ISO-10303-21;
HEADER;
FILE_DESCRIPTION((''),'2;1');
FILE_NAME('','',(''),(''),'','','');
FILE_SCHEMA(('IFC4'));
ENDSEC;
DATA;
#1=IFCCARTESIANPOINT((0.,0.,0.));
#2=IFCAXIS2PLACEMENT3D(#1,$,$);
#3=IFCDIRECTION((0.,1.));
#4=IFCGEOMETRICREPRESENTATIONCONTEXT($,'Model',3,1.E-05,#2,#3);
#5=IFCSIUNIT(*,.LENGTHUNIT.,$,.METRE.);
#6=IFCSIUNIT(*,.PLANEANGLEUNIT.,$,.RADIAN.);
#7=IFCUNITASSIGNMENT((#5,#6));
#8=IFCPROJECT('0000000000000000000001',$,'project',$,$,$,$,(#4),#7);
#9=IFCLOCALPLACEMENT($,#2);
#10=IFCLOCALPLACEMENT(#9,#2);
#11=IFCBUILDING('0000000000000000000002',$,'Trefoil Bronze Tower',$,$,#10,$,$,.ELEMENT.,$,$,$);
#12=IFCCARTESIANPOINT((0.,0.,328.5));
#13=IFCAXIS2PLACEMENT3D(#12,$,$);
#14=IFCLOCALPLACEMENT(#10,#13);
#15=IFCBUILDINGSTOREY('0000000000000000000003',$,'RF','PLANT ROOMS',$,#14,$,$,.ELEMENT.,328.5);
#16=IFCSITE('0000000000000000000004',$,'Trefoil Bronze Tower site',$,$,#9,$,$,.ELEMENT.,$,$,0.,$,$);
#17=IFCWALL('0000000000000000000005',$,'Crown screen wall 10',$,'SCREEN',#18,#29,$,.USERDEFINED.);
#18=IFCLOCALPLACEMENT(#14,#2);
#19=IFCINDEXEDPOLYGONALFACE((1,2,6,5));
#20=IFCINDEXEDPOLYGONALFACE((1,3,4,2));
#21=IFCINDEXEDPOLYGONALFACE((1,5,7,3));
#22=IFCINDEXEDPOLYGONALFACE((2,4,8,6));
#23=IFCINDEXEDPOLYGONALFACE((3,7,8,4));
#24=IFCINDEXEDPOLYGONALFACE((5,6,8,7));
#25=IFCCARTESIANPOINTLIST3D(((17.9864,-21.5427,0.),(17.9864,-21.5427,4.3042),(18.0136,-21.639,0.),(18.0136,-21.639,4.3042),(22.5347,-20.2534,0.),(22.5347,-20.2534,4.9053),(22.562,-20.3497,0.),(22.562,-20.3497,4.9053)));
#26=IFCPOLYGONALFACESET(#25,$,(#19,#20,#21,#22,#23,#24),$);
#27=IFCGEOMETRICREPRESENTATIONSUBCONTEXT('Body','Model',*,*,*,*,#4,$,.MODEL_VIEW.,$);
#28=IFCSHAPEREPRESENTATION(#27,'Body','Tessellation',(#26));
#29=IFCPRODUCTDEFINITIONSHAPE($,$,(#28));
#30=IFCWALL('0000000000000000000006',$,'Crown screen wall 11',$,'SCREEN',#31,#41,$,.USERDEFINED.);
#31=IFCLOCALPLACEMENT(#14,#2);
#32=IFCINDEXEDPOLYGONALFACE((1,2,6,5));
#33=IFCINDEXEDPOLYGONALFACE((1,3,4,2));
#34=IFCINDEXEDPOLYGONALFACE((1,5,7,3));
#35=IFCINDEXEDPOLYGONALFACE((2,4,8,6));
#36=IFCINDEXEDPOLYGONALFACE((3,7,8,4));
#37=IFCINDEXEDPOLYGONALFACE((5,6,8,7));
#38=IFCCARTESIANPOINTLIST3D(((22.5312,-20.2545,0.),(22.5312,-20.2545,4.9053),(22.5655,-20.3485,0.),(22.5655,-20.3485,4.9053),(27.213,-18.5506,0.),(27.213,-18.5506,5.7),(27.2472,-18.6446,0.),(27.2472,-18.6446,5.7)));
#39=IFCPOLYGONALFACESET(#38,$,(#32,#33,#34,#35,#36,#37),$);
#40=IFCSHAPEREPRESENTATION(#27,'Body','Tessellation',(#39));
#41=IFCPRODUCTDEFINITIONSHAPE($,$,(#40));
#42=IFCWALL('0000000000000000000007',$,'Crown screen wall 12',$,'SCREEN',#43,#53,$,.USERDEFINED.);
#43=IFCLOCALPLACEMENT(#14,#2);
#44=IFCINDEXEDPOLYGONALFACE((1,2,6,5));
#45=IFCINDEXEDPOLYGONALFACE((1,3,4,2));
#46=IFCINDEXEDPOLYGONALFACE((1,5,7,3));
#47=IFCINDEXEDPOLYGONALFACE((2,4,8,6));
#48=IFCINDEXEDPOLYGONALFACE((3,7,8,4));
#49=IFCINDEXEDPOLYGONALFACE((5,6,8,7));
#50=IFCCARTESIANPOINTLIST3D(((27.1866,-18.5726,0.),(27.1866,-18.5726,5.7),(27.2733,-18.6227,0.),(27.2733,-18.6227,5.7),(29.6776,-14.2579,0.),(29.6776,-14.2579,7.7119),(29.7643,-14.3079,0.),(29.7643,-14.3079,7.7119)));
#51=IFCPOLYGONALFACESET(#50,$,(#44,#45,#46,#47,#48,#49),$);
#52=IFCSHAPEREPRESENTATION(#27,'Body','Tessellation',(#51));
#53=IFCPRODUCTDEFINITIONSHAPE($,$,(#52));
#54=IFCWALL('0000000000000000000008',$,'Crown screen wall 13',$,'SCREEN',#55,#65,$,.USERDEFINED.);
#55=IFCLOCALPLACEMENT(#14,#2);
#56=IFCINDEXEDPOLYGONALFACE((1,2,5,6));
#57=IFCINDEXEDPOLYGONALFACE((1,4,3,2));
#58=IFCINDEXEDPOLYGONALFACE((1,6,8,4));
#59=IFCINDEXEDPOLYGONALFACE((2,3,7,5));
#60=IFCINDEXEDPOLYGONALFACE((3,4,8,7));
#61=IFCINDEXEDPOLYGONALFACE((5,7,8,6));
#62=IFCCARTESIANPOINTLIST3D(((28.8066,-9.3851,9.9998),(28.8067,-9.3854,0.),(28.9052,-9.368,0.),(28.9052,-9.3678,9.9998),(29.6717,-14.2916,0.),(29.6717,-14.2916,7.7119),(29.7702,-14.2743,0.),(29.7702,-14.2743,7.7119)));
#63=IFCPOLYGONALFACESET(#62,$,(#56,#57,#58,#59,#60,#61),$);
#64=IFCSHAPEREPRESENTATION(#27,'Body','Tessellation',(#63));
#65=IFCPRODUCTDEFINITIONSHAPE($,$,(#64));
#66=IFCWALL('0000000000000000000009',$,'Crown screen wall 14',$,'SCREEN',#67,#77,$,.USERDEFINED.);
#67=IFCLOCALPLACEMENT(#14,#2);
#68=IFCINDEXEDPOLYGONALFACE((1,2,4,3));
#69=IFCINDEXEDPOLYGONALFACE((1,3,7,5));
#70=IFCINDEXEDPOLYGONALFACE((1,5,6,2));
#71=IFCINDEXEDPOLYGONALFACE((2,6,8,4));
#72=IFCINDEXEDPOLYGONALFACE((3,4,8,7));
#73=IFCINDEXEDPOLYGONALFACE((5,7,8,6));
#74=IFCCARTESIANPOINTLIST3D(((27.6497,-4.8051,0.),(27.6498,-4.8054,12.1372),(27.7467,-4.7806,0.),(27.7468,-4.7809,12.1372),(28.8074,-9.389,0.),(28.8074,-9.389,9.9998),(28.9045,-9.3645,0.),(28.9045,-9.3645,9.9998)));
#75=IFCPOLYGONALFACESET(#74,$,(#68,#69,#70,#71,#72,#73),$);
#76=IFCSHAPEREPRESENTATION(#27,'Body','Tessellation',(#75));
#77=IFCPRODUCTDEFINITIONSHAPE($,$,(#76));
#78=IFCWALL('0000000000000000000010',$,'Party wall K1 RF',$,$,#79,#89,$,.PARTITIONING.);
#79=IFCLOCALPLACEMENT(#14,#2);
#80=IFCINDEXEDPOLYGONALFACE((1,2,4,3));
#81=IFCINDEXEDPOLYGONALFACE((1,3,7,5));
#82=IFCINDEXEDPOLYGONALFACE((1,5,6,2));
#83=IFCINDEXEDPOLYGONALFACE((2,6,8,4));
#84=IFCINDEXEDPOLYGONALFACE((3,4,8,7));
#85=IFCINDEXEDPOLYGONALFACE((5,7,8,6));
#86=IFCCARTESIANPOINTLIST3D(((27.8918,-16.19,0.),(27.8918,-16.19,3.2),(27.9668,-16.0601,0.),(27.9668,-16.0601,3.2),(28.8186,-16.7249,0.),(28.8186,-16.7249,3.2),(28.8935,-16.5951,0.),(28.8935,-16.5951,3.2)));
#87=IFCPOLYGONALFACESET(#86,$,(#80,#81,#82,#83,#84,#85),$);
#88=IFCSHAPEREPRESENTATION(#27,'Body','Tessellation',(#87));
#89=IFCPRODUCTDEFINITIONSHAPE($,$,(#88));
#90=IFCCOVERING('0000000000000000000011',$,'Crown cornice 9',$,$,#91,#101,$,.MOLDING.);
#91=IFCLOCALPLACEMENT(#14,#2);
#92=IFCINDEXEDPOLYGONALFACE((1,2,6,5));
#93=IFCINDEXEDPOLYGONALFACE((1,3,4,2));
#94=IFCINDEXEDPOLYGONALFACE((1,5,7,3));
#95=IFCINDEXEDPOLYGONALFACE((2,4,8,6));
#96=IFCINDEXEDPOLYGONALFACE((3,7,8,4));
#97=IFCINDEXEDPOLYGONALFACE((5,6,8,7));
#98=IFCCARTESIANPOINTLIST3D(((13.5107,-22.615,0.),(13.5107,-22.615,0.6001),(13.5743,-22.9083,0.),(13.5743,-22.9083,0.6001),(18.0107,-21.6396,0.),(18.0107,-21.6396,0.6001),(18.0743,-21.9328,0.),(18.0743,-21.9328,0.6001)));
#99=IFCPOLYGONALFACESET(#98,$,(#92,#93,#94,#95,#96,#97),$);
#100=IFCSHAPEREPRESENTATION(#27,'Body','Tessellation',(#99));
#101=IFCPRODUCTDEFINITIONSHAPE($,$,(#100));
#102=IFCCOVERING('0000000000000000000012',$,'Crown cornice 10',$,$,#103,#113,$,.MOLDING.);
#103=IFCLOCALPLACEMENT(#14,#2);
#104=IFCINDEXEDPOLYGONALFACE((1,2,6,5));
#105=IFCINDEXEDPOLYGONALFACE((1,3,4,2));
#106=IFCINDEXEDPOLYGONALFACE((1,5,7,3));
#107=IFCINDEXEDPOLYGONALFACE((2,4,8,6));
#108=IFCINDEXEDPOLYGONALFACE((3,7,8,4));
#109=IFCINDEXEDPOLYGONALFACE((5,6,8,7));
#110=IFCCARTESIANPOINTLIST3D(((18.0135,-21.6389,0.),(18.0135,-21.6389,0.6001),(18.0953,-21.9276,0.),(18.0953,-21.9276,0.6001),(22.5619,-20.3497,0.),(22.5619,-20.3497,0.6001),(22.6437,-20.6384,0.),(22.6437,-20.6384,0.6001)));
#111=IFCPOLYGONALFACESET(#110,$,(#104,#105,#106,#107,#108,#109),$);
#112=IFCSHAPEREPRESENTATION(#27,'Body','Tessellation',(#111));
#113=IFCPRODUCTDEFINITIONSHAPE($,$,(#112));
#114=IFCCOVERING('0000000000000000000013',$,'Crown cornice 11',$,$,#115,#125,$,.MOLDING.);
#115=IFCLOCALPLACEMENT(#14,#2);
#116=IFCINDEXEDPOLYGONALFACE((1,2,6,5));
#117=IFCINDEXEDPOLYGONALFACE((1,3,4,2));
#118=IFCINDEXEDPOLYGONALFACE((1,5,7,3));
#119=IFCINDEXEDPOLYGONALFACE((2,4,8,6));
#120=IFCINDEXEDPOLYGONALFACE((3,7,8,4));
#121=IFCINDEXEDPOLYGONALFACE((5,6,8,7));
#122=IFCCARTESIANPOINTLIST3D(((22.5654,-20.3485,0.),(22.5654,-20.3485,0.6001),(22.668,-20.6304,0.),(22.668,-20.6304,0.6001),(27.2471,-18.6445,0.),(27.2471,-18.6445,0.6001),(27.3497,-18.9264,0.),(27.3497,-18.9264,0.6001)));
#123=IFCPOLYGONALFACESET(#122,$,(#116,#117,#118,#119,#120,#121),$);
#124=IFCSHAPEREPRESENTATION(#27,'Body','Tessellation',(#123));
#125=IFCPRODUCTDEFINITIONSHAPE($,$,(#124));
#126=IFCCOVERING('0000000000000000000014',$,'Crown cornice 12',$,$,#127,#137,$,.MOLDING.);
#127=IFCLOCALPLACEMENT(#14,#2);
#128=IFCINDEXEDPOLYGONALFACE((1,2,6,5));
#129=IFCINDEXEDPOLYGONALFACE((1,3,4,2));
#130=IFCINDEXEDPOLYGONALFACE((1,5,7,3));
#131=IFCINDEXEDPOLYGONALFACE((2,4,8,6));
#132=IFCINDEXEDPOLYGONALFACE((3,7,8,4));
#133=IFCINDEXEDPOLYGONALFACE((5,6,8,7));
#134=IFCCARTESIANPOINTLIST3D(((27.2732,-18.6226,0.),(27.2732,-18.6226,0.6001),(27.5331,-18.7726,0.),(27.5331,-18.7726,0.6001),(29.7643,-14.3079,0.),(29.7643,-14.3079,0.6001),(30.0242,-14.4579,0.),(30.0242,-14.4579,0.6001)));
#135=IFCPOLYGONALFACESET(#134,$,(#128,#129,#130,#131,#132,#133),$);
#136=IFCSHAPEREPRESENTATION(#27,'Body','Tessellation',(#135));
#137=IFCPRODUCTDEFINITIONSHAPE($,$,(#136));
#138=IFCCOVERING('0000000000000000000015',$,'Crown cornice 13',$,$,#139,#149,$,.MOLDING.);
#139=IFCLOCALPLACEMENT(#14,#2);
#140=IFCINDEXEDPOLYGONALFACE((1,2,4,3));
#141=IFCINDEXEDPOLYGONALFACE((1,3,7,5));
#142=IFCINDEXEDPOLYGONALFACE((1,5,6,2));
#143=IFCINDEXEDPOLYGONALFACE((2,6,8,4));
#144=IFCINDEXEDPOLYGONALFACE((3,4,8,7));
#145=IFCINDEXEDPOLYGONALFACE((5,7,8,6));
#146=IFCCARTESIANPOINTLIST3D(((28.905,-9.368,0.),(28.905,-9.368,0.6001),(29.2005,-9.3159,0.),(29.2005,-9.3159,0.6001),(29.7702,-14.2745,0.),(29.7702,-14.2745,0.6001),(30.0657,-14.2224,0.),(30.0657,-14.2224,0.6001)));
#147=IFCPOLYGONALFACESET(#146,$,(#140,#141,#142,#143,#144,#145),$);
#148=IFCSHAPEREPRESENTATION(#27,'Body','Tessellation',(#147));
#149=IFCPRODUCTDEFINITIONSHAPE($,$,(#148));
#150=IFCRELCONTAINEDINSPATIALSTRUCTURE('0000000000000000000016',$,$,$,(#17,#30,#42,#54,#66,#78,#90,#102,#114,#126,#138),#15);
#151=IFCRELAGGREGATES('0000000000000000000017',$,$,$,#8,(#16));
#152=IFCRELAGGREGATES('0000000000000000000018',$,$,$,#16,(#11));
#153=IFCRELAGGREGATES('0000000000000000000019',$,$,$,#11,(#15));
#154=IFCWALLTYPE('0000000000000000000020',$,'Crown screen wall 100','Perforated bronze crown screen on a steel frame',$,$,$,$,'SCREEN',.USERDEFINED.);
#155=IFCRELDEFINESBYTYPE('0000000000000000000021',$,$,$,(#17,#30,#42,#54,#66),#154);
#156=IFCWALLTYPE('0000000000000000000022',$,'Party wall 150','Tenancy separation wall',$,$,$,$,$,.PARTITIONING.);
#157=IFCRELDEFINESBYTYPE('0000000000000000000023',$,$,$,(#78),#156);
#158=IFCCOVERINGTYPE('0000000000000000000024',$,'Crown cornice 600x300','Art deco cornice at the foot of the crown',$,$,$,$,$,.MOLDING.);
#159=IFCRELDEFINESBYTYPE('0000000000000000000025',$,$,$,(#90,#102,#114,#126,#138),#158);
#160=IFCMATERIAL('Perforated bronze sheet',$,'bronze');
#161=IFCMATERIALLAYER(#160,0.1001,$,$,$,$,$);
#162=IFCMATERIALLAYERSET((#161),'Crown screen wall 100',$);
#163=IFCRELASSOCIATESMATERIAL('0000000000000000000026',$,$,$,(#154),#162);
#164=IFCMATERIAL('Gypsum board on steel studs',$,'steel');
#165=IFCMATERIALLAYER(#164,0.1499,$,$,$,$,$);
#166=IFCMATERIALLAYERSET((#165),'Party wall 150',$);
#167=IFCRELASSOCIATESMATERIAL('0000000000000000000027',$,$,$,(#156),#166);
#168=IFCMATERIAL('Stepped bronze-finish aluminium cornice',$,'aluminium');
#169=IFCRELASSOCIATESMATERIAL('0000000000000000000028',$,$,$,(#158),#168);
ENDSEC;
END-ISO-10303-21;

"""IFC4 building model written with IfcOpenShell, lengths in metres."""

from ifc_helpers import new_model, si_unit, direction, frame, frame_2d, origin, origin_2d, place, context, subcontext, project, spatial, polyline, rectangle, outline, extrude, material, layer, layer_set, type_object, element, save


model = new_model("IFC4")

# Units and contexts
model_context = context("Model", 3, precision=1e-05, world=origin(), true_north=direction((0.0, 1.0)))
body_context = subcontext(model_context, "Body", "Model", "MODEL_VIEW")
ifc_project = project(units=[si_unit("LENGTHUNIT", "METRE"), si_unit("PLANEANGLEUNIT", "RADIAN")], contexts=[model_context])

# Site, building, storey
site_placement = place(None, origin())
site = spatial("IfcSite", under=ifc_project, at=site_placement, Name="Trefoil Bronze Tower site", CompositionType="ELEMENT", RefElevation=0.0)
building_placement = place(site_placement, origin())
building = spatial("IfcBuilding", under=site, at=building_placement, Name="Trefoil Bronze Tower", CompositionType="ELEMENT")
storey_placement = place(building_placement, frame((0.0, 0.0, 328.5)))
storey = spatial("IfcBuildingStorey", under=building, at=storey_placement, Name="RF", Description="PLANT ROOMS", CompositionType="ELEMENT", Elevation=328.5)

# Walls
ifc_material_1 = material(Name="Perforated bronze sheet", Category="bronze")
ifc_layer_1 = layer(ifc_material_1, 0.1001)
ifc_layer_set_1 = layer_set([ifc_layer_1], Name="Crown screen wall 100")
wall_type_1 = type_object("IfcWallType", Name="Crown screen wall 100", Description="Perforated bronze crown screen on a steel frame", ElementType="SCREEN", PredefinedType="USERDEFINED", material=ifc_layer_set_1)
wall_1_placement = place(storey_placement, frame((18.0, -21.5908, 0.0), z_axis=(0.0, 0.0, 1.0), x_axis=(0.962093, 0.272722, 0.0)))
element("IfcWall", 1, at=wall_1_placement, inside=storey, type_object=wall_type_1, Name="Crown screen wall 10", ObjectType="SCREEN", PredefinedType="USERDEFINED", context=body_context, shape_type="SweptSolid", body=[
    extrude(outline(polyline([(0.0, 0.0), (4.7275, 0.0), (4.7275, 4.9053), (0.0, 4.3042), (0.0, 0.0)])), frame((0.0, 0.05, 0.0), z_axis=(0.0, -1.0, 0.0), x_axis=(1.0, 0.0, 0.0)), (0.0, 0.0, 1.0), 0.1001),
])
wall_2_placement = place(storey_placement, frame((22.5483, -20.3015, 0.0), z_axis=(0.0, 0.0, 1.0), x_axis=(0.9397, 0.341999, 0.0)))
element("IfcWall", 2, at=wall_2_placement, inside=storey, type_object=wall_type_1, Name="Crown screen wall 11", ObjectType="SCREEN", PredefinedType="USERDEFINED", context=body_context, shape_type="SweptSolid", body=[
    extrude(outline(polyline([(0.0, 0.0), (4.9822, 0.0), (4.9822, 5.7), (0.0, 4.9053), (0.0, 0.0)])), frame((0.0, 0.05, 0.0), z_axis=(0.0, -1.0, 0.0), x_axis=(1.0, 0.0, 0.0)), (0.0, 0.0, 1.0), 0.1001),
])
wall_3_placement = place(storey_placement, frame((27.23, -18.5977, 0.0), z_axis=(0.0, 0.0, 1.0), x_axis=(0.499981, 0.866036, 0.0)))
element("IfcWall", 3, at=wall_3_placement, inside=storey, type_object=wall_type_1, Name="Crown screen wall 12", ObjectType="SCREEN", PredefinedType="USERDEFINED", context=body_context, shape_type="SweptSolid", body=[
    extrude(outline(polyline([(0.0, 0.0), (4.9822, 0.0), (4.9822, 7.7119), (0.0, 5.7), (0.0, 0.0)])), frame((0.0, 0.05, 0.0), z_axis=(0.0, -1.0, 0.0), x_axis=(1.0, 0.0, 0.0)), (0.0, 0.0, 1.0), 0.1001),
])
wall_4_placement = place(storey_placement, frame((29.7209, -14.283, 0.0), z_axis=(0.0, 0.0, 1.0), x_axis=(-0.173626, 0.984812, 0.0)))
element("IfcWall", 4, at=wall_4_placement, inside=storey, type_object=wall_type_1, Name="Crown screen wall 13", ObjectType="SCREEN", PredefinedType="USERDEFINED", context=body_context, shape_type="SweptSolid", body=[
    extrude(outline(polyline([(0.0, 0.0), (4.9819, 0.0), (4.9822, 9.9998), (0.0, 7.7119), (0.0, 0.0)])), frame((0.0, 0.05, 0.0), z_axis=(0.0, -1.0, 0.0), x_axis=(1.0, 0.0, 0.0)), (0.0, 0.0, 1.0), 0.1001),
])
wall_5_placement = place(storey_placement, frame((28.856, -9.3767, 0.0), z_axis=(0.0, 0.0, 1.0), x_axis=(-0.24488, 0.969553, 0.0)))
element("IfcWall", 5, at=wall_5_placement, inside=storey, type_object=wall_type_1, Name="Crown screen wall 14", ObjectType="SCREEN", PredefinedType="USERDEFINED", context=body_context, shape_type="SweptSolid", body=[
    extrude(outline(polyline([(0.0, 0.0), (4.7278, 0.0), (4.7275, 12.1372), (0.0, 9.9998), (0.0, 0.0)])), frame((0.0, 0.05, 0.0), z_axis=(0.0, -1.0, 0.0), x_axis=(1.0, 0.0, 0.0)), (0.0, 0.0, 1.0), 0.1001),
])
ifc_material_2 = material(Name="Gypsum board on steel studs", Category="steel")
ifc_layer_2 = layer(ifc_material_2, 0.1499)
ifc_layer_set_2 = layer_set([ifc_layer_2], Name="Party wall 150")
wall_type_2 = type_object("IfcWallType", Name="Party wall 150", Description="Tenancy separation wall", PredefinedType="PARTITIONING", material=ifc_layer_set_2)
wall_6_placement = place(storey_placement, frame((27.9292, -16.125, 0.0), z_axis=(0.0, 0.0, 1.0), x_axis=(0.866087, -0.499894, 0.0)))
element("IfcWall", 6, at=wall_6_placement, inside=storey, type_object=wall_type_2, Name="Party wall K1 RF", PredefinedType="PARTITIONING", context=body_context, shape_type="SweptSolid", body=[
    extrude(rectangle(XDim=1.0701, YDim=0.1499, at=frame_2d((0.5352, 0.0))), origin(), (0.0, 0.0, 1.0), 3.2),
])

# Coverings
ifc_material_3 = material(Name="Stepped bronze-finish aluminium cornice", Category="aluminium")
covering_type = type_object("IfcCoveringType", Name="Crown cornice 600x300", Description="Art deco cornice at the foot of the crown", PredefinedType="MOLDING", material=ifc_material_3)
covering_1_placement = place(storey_placement, frame((15.7925, -22.2739, 0.0), z_axis=(0.0, 0.0, 1.0), x_axis=(0.977303, 0.211846, 0.0)))
element("IfcCovering", 7, at=covering_1_placement, inside=storey, type_object=covering_type, Name="Crown cornice 9", PredefinedType="MOLDING", context=body_context, shape_type="SweptSolid", body=[
    extrude(rectangle(XDim=4.6045, YDim=0.3, at=origin_2d()), origin(), (0.0, 0.0, 1.0), 0.6001),
])
covering_2_placement = place(storey_placement, frame((20.3286, -21.1387, 0.0), z_axis=(0.0, 0.0, 1.0), x_axis=(0.962098, 0.272705, 0.0)))
element("IfcCovering", 8, at=covering_2_placement, inside=storey, type_object=covering_type, Name="Crown cornice 10", PredefinedType="MOLDING", context=body_context, shape_type="SweptSolid", body=[
    extrude(rectangle(XDim=4.7275, YDim=0.3, at=origin_2d()), origin(), (0.0, 0.0, 1.0), 0.6001),
])
for number, where, z_axis, x_axis, name in (
    (9, (24.9575, -19.6375, 0.0), (0.0, 0.0, 1.0), (0.939693, 0.34202, 0.0), "Crown cornice 11"),
    (10, (28.6487, -16.5403, 0.0), (0.0, 0.0, 1.0), (0.5, 0.866025, 0.0), "Crown cornice 12"),
    (11, (29.4854, -11.7952, 0.0), (0.0, 0.0, 1.0), (-0.173648, 0.984808, 0.0), "Crown cornice 13"),
):
    element("IfcCovering", number, at=place(storey_placement, frame(where, z_axis=z_axis, x_axis=x_axis)), inside=storey, type_object=covering_type, Name=name, PredefinedType="MOLDING", context=body_context, shape_type="SweptSolid", body=[
        extrude(rectangle(XDim=4.9822, YDim=0.3, at=origin_2d()), origin(), (0.0, 0.0, 1.0), 0.6001),
    ])

save(model, "model.ifc")
